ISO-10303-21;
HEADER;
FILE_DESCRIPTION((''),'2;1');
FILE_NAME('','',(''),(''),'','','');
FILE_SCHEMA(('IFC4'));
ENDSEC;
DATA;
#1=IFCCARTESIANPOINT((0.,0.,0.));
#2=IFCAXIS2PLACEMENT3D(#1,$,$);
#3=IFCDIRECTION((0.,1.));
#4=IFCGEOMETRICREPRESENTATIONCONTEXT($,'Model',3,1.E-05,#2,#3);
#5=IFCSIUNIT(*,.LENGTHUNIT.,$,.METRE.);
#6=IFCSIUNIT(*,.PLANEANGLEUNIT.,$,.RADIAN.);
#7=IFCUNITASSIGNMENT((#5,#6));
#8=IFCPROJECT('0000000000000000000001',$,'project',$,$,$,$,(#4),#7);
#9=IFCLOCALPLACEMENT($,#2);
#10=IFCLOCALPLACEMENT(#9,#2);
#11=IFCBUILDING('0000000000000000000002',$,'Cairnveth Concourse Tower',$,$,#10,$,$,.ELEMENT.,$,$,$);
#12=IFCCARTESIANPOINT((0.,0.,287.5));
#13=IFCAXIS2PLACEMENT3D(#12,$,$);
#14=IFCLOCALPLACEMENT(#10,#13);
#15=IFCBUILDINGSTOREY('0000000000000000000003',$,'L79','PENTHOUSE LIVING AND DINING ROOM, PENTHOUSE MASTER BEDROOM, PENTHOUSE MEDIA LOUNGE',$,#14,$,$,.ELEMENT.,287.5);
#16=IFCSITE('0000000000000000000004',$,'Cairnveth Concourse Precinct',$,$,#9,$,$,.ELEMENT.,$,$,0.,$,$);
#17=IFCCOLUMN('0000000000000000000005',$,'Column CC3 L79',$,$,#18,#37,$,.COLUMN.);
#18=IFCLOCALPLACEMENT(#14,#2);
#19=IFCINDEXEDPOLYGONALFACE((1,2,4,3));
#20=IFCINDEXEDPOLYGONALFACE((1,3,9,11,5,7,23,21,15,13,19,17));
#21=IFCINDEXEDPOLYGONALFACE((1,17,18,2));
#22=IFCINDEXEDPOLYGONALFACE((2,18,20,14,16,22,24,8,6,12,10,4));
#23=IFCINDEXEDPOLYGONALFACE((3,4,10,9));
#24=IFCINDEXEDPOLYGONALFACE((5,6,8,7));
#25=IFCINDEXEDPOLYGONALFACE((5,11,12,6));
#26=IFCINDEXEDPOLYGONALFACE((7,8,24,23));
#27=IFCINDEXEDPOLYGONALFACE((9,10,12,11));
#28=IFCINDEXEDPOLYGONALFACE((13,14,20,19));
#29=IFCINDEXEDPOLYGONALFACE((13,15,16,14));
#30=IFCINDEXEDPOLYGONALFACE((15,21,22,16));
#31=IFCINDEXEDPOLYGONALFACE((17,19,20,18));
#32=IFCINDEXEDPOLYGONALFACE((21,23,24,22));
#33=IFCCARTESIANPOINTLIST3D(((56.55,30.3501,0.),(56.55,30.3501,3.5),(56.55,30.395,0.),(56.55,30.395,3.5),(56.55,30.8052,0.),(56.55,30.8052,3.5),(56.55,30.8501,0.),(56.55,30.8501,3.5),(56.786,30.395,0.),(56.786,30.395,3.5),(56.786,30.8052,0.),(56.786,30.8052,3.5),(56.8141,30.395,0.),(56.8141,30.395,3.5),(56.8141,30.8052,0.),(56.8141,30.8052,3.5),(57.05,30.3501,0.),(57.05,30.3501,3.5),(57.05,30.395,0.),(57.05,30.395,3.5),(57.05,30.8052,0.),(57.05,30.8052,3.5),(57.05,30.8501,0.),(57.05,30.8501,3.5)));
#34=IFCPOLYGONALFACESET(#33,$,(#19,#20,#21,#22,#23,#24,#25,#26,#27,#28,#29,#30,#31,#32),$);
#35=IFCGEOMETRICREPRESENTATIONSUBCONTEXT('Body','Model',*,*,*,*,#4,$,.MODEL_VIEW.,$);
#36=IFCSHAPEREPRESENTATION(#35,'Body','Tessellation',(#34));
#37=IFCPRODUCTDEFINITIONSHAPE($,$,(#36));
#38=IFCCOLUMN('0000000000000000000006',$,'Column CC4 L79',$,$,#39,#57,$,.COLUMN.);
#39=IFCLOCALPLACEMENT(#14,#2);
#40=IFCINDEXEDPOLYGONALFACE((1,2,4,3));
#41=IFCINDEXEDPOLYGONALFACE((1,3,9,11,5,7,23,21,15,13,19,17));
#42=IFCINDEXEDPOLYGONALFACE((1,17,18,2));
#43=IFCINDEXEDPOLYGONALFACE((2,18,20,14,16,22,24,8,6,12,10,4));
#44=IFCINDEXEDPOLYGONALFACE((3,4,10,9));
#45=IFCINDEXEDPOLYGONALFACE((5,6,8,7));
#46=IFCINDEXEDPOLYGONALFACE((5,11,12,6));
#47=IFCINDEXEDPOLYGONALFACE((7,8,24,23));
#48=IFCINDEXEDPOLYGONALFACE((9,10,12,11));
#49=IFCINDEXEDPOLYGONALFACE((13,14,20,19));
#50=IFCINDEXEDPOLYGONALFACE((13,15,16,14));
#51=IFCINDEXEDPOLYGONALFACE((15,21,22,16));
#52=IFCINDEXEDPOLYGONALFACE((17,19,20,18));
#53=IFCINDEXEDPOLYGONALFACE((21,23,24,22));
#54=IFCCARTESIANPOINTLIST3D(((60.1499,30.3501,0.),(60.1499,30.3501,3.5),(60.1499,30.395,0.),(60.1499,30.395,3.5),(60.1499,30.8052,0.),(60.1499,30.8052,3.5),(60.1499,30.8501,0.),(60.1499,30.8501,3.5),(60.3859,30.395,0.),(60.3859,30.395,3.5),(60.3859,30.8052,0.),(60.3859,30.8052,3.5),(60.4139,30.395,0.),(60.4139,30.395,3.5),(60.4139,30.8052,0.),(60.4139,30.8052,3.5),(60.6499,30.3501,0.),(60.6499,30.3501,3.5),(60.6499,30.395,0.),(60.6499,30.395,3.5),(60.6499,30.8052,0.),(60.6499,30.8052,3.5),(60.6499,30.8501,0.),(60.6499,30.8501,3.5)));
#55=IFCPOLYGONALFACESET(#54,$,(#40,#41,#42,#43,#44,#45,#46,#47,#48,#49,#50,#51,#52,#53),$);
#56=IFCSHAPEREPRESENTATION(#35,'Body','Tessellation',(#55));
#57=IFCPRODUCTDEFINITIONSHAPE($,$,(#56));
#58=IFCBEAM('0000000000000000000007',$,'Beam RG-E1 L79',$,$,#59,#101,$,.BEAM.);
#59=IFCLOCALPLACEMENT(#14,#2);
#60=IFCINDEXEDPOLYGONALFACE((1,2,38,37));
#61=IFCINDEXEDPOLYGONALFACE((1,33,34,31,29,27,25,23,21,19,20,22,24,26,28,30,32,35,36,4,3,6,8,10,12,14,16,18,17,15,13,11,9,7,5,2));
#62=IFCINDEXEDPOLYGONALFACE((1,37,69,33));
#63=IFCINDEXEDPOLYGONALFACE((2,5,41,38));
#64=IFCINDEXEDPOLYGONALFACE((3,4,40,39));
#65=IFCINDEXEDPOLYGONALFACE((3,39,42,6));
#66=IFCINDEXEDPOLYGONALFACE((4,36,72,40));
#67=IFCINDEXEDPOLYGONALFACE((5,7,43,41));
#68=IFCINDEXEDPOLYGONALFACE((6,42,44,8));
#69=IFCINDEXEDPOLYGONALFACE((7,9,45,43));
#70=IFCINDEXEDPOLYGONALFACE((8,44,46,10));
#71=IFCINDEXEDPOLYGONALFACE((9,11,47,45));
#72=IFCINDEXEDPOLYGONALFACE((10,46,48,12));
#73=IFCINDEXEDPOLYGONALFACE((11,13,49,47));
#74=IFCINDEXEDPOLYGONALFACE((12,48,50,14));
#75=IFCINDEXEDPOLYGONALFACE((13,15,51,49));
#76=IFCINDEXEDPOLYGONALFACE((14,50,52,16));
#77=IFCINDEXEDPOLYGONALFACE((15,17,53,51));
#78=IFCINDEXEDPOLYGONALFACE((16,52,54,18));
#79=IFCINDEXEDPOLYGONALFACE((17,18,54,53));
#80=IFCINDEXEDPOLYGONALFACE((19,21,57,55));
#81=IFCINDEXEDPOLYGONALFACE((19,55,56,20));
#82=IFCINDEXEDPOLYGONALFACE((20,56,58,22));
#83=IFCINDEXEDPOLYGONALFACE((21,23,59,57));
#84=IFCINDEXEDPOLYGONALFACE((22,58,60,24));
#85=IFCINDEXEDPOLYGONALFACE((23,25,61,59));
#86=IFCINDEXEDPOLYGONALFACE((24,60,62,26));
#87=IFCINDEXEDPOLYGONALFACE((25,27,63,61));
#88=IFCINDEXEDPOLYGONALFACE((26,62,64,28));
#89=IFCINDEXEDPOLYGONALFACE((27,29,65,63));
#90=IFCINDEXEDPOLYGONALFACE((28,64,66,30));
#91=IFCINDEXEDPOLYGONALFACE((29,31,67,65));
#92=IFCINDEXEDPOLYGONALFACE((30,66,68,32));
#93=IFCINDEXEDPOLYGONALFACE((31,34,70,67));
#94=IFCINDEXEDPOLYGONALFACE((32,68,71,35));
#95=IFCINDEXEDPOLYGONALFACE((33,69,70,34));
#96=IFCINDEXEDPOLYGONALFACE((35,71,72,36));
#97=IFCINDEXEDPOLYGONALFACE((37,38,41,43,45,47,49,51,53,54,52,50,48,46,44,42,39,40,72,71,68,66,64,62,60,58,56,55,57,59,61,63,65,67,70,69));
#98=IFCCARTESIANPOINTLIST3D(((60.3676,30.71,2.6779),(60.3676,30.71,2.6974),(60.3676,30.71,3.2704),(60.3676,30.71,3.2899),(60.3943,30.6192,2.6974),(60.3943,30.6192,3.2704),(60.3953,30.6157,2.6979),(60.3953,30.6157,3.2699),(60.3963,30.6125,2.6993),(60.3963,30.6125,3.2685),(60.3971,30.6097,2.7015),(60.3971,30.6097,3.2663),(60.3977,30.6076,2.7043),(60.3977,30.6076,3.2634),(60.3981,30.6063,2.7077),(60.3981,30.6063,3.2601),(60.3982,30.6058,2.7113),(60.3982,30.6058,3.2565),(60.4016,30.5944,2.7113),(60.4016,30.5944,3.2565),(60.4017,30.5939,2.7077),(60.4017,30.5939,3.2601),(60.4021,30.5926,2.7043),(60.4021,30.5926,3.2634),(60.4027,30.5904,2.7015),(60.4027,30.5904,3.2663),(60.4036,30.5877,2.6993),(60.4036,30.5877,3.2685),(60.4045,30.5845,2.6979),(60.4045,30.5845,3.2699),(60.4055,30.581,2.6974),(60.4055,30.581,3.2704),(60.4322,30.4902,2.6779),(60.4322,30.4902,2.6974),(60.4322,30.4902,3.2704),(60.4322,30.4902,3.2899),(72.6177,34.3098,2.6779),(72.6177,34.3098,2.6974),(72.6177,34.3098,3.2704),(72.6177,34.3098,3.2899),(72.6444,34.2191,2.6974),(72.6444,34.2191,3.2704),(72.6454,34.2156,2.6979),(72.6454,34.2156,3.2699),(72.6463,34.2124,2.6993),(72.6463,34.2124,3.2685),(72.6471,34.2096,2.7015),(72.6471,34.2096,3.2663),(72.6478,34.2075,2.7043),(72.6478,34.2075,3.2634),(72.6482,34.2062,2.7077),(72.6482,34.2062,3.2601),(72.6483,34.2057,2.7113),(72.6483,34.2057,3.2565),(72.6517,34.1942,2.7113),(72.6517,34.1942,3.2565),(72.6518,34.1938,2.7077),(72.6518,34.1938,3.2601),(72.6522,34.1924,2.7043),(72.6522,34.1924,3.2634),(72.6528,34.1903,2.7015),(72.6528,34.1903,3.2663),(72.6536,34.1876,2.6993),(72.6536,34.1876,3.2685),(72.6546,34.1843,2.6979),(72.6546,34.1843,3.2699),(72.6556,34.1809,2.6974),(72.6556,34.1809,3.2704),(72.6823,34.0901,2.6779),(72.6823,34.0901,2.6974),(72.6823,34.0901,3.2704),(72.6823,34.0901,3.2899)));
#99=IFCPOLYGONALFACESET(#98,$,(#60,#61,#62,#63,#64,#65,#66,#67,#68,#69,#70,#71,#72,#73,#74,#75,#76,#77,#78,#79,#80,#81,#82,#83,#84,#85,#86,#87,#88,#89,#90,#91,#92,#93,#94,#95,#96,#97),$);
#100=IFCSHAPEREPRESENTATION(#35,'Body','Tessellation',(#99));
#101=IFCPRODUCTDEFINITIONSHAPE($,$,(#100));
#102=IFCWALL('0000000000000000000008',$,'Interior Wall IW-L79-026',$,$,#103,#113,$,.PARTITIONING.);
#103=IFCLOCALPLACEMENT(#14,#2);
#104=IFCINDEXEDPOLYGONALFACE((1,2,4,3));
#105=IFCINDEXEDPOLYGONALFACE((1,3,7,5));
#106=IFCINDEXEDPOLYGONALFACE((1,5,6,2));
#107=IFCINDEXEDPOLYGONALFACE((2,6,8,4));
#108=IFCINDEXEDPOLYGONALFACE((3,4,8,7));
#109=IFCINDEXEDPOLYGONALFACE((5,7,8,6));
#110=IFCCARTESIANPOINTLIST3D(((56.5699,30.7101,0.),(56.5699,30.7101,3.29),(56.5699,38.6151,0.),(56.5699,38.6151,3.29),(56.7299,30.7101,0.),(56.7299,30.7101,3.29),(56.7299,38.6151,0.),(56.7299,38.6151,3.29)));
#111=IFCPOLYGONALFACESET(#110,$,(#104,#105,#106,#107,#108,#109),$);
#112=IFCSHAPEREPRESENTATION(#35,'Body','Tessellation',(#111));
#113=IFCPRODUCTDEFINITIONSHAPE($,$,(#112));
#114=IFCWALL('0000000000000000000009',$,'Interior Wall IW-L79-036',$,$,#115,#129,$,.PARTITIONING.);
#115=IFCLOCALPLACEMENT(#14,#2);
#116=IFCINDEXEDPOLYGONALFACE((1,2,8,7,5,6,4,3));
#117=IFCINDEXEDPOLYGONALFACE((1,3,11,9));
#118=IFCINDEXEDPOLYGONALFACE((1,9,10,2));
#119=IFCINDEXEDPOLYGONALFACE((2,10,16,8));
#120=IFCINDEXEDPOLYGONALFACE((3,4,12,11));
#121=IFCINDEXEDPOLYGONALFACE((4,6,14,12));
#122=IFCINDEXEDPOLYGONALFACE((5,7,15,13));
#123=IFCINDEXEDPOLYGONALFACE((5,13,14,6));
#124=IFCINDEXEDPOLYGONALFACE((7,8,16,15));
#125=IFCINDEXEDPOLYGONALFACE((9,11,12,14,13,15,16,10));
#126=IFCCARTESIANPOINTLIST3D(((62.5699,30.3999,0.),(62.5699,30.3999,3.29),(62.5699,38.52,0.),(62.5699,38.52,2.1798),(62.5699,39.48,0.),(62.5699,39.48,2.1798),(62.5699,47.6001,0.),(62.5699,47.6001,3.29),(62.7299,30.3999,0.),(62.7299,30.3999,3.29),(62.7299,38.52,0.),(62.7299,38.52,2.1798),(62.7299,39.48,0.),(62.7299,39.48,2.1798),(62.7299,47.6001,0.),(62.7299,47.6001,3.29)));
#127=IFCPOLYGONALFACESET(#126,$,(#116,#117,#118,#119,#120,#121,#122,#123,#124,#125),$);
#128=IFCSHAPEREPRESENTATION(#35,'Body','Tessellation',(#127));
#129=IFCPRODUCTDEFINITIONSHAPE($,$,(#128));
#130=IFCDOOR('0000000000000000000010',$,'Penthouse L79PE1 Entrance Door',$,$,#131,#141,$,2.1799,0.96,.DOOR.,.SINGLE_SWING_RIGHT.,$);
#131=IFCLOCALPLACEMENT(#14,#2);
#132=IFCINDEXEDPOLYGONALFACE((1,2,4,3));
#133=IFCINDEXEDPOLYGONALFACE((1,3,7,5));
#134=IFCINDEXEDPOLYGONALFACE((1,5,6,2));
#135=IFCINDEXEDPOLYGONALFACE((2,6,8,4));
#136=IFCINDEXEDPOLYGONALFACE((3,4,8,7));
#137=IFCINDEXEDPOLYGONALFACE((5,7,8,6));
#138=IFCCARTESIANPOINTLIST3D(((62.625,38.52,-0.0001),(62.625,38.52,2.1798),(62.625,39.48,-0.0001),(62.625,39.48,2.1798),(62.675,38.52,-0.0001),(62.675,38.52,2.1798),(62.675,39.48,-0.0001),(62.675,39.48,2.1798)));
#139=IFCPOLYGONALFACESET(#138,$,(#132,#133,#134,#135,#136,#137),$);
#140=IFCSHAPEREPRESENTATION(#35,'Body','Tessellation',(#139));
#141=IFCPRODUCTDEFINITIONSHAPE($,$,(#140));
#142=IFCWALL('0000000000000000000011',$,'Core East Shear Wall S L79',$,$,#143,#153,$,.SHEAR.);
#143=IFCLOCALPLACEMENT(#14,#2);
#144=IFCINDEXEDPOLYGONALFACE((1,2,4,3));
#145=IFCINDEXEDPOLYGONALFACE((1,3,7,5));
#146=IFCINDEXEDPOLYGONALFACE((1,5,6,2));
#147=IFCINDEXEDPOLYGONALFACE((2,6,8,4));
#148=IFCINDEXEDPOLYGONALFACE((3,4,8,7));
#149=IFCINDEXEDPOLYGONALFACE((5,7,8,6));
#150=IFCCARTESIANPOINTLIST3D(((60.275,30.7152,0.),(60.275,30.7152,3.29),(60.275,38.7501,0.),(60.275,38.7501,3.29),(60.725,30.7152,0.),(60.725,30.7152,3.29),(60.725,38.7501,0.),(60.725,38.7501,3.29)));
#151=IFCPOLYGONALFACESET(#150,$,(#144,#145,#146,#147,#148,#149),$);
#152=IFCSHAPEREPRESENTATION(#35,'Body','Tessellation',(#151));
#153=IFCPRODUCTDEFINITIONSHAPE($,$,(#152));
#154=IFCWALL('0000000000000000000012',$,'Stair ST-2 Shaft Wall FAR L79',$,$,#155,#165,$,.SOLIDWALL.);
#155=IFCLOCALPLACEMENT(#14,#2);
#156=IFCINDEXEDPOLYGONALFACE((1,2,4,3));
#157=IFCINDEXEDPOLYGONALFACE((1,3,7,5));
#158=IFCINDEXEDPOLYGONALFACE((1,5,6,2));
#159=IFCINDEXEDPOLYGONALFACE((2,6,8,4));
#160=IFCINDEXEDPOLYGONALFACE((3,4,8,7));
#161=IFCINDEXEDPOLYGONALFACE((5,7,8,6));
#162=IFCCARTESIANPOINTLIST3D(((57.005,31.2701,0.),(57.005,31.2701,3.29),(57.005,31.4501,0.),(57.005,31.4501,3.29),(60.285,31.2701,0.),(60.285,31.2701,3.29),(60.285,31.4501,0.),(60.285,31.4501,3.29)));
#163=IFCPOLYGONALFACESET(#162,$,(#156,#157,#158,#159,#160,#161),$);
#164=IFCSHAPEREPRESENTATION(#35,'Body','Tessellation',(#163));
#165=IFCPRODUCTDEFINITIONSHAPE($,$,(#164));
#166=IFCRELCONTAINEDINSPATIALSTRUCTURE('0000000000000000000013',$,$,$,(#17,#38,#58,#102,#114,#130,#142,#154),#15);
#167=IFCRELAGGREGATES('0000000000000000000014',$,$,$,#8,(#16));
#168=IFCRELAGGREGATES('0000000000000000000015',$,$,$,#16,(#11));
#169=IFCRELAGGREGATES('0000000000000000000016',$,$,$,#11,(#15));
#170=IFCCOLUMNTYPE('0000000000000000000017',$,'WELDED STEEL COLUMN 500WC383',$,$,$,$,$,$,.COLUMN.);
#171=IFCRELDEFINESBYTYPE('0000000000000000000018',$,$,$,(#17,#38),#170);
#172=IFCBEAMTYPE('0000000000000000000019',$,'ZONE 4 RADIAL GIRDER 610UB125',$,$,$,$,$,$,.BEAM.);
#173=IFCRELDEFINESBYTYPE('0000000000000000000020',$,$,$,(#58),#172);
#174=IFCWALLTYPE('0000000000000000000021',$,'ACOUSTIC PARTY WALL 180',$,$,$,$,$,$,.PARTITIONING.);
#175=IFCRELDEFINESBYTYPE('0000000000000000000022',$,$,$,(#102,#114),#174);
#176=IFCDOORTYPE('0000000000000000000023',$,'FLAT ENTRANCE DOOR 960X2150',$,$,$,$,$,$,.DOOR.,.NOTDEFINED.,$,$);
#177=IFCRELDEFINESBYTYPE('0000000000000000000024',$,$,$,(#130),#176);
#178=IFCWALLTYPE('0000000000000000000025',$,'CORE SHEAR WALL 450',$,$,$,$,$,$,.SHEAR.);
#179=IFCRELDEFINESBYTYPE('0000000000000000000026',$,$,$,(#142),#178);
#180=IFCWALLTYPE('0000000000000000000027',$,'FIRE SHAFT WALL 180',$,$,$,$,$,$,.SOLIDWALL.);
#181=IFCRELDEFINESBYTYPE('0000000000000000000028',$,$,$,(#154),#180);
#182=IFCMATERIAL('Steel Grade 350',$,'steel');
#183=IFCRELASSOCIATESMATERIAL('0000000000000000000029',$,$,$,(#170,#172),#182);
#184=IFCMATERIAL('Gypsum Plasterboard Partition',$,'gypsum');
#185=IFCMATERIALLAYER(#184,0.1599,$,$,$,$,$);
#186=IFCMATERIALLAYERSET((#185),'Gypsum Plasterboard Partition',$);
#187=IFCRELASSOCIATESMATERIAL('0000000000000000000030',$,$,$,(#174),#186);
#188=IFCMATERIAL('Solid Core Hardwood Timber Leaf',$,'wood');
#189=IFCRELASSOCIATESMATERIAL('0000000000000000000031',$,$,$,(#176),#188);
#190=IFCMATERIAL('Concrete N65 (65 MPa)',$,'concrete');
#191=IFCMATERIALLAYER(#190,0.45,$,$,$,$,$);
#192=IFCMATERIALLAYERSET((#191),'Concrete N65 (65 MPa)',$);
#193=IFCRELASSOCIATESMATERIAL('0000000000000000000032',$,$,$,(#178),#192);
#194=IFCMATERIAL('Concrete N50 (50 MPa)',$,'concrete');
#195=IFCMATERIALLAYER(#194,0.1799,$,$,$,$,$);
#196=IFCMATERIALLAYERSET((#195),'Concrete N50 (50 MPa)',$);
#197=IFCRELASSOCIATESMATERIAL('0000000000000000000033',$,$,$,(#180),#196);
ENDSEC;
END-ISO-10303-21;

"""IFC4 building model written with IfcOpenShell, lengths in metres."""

from ifc_helpers import new_model, si_unit, direction, frame, frame_2d, origin, origin_2d, place, context, subcontext, project, spatial, rectangle, i_section, extrude, material, layer, layer_set, material_profile, profile_set, type_object, element, fill, save


model = new_model("IFC4")

# Units and contexts
model_context = context("Model", 3, precision=1e-05, world=origin(), true_north=direction((0.0, 1.0)))
body_context = subcontext(model_context, "Body", "Model", "MODEL_VIEW")
ifc_project = project(units=[si_unit("LENGTHUNIT", "METRE"), si_unit("PLANEANGLEUNIT", "RADIAN")], contexts=[model_context])

# Site, building, storey
site_placement = place(None, origin())
site = spatial("IfcSite", under=ifc_project, at=site_placement, Name="Cairnveth Concourse Precinct", CompositionType="ELEMENT", RefElevation=0.0)
building_placement = place(site_placement, origin())
building = spatial("IfcBuilding", under=site, at=building_placement, Name="Cairnveth Concourse Tower", CompositionType="ELEMENT")
storey_placement = place(building_placement, frame((0.0, 0.0, 287.5)))
storey = spatial("IfcBuildingStorey", under=building, at=storey_placement, Name="L79", Description="PENTHOUSE LIVING AND DINING ROOM, PENTHOUSE MASTER BEDROOM, PENTHOUSE MEDIA LOUNGE", CompositionType="ELEMENT", Elevation=287.5)

# Columns
ifc_material_1 = material(Name="Steel Grade 350", Category="steel")
ifc_material_profile_1 = material_profile(ifc_material_1, i_section(OverallWidth=0.5, OverallDepth=0.5, WebThickness=0.0281, FlangeThickness=0.0449, at=origin_2d()), Name="500WC383")
ifc_profile_set_1 = profile_set([ifc_material_profile_1], Name="Steel Grade 350")
column_type = type_object("IfcColumnType", Name="WELDED STEEL COLUMN 500WC383", PredefinedType="COLUMN", material=ifc_profile_set_1)
for number, where, z_axis, x_axis, name in (
    (1, (56.8, 30.6001, 0.0), (0.0, 0.0, 1.0), (1.0, 0.0, 0.0), "Column CC3 L79"),
    (2, (60.3999, 30.6001, 0.0), (0.0, 0.0, 1.0), (1.0, 0.0, 0.0), "Column CC4 L79"),
):
    element("IfcColumn", number, at=place(storey_placement, frame(where, z_axis=z_axis, x_axis=x_axis)), inside=storey, type_object=column_type, Name=name, PredefinedType="COLUMN", context=body_context, shape_type="SweptSolid", body=[
        extrude(i_section(OverallWidth=0.5, OverallDepth=0.5, WebThickness=0.0281, FlangeThickness=0.0449, at=origin_2d()), origin(), (0.0, 0.0, 1.0), 3.5),
    ])

# Beam
ifc_material_profile_2 = material_profile(ifc_material_1, i_section(OverallWidth=0.229, OverallDepth=0.6121, WebThickness=0.012, FlangeThickness=0.0195, FilletRadius=0.0139, at=origin_2d()), Name="610UB125")
ifc_profile_set_2 = profile_set([ifc_material_profile_2], Name="Steel Grade 350")
beam_type = type_object("IfcBeamType", Name="ZONE 4 RADIAL GIRDER 610UB125", PredefinedType="BEAM", material=ifc_profile_set_2)
beam_placement = place(storey_placement, frame((60.3999, 30.6001, 2.9839), z_axis=(0.959431, 0.281944, 0.0), x_axis=(-0.281944, 0.959431, 0.0)))
element("IfcBeam", 3, at=beam_placement, inside=storey, type_object=beam_type, Name="Beam RG-E1 L79", PredefinedType="BEAM", context=body_context, shape_type="SweptSolid", body=[
    extrude(i_section(OverallWidth=0.229, OverallDepth=0.6121, WebThickness=0.012, FlangeThickness=0.0195, FilletRadius=0.0139, at=origin_2d()), origin(), (0.0, 0.0, 1.0), 12.7681),
])

# Wall
ifc_material_2 = material(Name="Gypsum Plasterboard Partition", Category="gypsum")
ifc_layer_1 = layer(ifc_material_2, 0.1599)
ifc_layer_set_1 = layer_set([ifc_layer_1], Name="Gypsum Plasterboard Partition")
wall_type_1 = type_object("IfcWallType", Name="ACOUSTIC PARTY WALL 180", PredefinedType="PARTITIONING", material=ifc_layer_set_1)
wall_1_placement = place(storey_placement, frame((56.6499, 30.71, 0.0), z_axis=(0.0, 0.0, 1.0), x_axis=(0.0, 1.0, 0.0)))
element("IfcWall", 4, at=wall_1_placement, inside=storey, type_object=wall_type_1, Name="Interior Wall IW-L79-026", PredefinedType="PARTITIONING", context=body_context, shape_type="SweptSolid", body=[
    extrude(rectangle(XDim=7.905, YDim=0.1599, at=frame_2d((3.9526, 0.0))), origin(), (0.0, 0.0, 1.0), 3.29),
])

# Wall, opening, door
wall_2_placement = place(storey_placement, frame((62.6499, 30.3999, 0.0), z_axis=(0.0, 0.0, 1.0), x_axis=(0.0, 1.0, 0.0)))
wall_2 = element("IfcWall", 5, at=wall_2_placement, inside=storey, type_object=wall_type_1, Name="Interior Wall IW-L79-036", PredefinedType="PARTITIONING", context=body_context, shape_type="SweptSolid", body=[
    extrude(rectangle(XDim=17.2002, YDim=0.1599, at=frame_2d((8.6001, 0.0))), origin(), (0.0, 0.0, 1.0), 3.29),
])
opening_1_placement = place(wall_2_placement, frame((8.1201, 0.0, 0.0)))
opening_1 = element("IfcOpeningElement", 6, at=opening_1_placement, cuts=wall_2, PredefinedType="OPENING", context=body_context, shape_type="SweptSolid", body=[
    extrude(rectangle(XDim=0.96, YDim=2.1799, at=frame_2d((0.48, 1.0898))), frame((0.0, 0.0898, 0.0), z_axis=(0.0, -1.0, 0.0), x_axis=(1.0, 0.0, 0.0)), (0.0, 0.0, 1.0), 0.1799),
])
ifc_material_3 = material(Name="Solid Core Hardwood Timber Leaf", Category="wood")
door_type_1 = type_object("IfcDoorType", Name="FLAT ENTRANCE DOOR 960X2150", OperationType="NOTDEFINED", PredefinedType="DOOR", material=ifc_material_3)
door_1_placement = place(opening_1_placement, origin())
door_1 = element("IfcDoor", 7, at=door_1_placement, inside=storey, type_object=door_type_1, Name="Penthouse L79PE1 Entrance Door", OperationType="SINGLE_SWING_RIGHT", OverallHeight=2.1799, OverallWidth=0.96, PredefinedType="DOOR", context=body_context, shape_type="SweptSolid", body=[
    extrude(rectangle(XDim=0.96, YDim=2.1799, at=frame_2d((0.48, 1.0898))), frame((0.0, 0.0249, 0.0), z_axis=(0.0, -1.0, 0.0), x_axis=(1.0, 0.0, 0.0)), (0.0, 0.0, 1.0), 0.05),
])
fill(opening_1, door_1)

# Walls
ifc_material_4 = material(Name="Concrete N65 (65 MPa)", Category="concrete")
ifc_layer_2 = layer(ifc_material_4, 0.45)
ifc_layer_set_2 = layer_set([ifc_layer_2], Name="Concrete N65 (65 MPa)")
wall_type_2 = type_object("IfcWallType", Name="CORE SHEAR WALL 450", PredefinedType="SHEAR", material=ifc_layer_set_2)
wall_3_placement = place(storey_placement, frame((60.5, 30.7151, 0.0), z_axis=(0.0, 0.0, 1.0), x_axis=(0.0, 1.0, 0.0)))
element("IfcWall", 8, at=wall_3_placement, inside=storey, type_object=wall_type_2, Name="Core East Shear Wall S L79", PredefinedType="SHEAR", context=body_context, shape_type="SweptSolid", body=[
    extrude(rectangle(XDim=8.0349, YDim=0.45, at=frame_2d((4.0176, 0.0))), origin(), (0.0, 0.0, 1.0), 3.29),
])
ifc_material_5 = material(Name="Concrete N50 (50 MPa)", Category="concrete")
ifc_layer_3 = layer(ifc_material_5, 0.1799)
ifc_layer_set_3 = layer_set([ifc_layer_3], Name="Concrete N50 (50 MPa)")
wall_type_3 = type_object("IfcWallType", Name="FIRE SHAFT WALL 180", PredefinedType="SOLIDWALL", material=ifc_layer_set_3)
wall_4_placement = place(storey_placement, frame((57.0049, 31.3601, 0.0), z_axis=(0.0, 0.0, 1.0), x_axis=(1.0, 0.0, 0.0)))
element("IfcWall", 9, at=wall_4_placement, inside=storey, type_object=wall_type_3, Name="Stair ST-2 Shaft Wall FAR L79", PredefinedType="SOLIDWALL", context=body_context, shape_type="SweptSolid", body=[
    extrude(rectangle(XDim=3.28, YDim=0.1799, at=frame_2d((1.6401, 0.0))), origin(), (0.0, 0.0, 1.0), 3.29),
])

save(model, "model.ifc")
